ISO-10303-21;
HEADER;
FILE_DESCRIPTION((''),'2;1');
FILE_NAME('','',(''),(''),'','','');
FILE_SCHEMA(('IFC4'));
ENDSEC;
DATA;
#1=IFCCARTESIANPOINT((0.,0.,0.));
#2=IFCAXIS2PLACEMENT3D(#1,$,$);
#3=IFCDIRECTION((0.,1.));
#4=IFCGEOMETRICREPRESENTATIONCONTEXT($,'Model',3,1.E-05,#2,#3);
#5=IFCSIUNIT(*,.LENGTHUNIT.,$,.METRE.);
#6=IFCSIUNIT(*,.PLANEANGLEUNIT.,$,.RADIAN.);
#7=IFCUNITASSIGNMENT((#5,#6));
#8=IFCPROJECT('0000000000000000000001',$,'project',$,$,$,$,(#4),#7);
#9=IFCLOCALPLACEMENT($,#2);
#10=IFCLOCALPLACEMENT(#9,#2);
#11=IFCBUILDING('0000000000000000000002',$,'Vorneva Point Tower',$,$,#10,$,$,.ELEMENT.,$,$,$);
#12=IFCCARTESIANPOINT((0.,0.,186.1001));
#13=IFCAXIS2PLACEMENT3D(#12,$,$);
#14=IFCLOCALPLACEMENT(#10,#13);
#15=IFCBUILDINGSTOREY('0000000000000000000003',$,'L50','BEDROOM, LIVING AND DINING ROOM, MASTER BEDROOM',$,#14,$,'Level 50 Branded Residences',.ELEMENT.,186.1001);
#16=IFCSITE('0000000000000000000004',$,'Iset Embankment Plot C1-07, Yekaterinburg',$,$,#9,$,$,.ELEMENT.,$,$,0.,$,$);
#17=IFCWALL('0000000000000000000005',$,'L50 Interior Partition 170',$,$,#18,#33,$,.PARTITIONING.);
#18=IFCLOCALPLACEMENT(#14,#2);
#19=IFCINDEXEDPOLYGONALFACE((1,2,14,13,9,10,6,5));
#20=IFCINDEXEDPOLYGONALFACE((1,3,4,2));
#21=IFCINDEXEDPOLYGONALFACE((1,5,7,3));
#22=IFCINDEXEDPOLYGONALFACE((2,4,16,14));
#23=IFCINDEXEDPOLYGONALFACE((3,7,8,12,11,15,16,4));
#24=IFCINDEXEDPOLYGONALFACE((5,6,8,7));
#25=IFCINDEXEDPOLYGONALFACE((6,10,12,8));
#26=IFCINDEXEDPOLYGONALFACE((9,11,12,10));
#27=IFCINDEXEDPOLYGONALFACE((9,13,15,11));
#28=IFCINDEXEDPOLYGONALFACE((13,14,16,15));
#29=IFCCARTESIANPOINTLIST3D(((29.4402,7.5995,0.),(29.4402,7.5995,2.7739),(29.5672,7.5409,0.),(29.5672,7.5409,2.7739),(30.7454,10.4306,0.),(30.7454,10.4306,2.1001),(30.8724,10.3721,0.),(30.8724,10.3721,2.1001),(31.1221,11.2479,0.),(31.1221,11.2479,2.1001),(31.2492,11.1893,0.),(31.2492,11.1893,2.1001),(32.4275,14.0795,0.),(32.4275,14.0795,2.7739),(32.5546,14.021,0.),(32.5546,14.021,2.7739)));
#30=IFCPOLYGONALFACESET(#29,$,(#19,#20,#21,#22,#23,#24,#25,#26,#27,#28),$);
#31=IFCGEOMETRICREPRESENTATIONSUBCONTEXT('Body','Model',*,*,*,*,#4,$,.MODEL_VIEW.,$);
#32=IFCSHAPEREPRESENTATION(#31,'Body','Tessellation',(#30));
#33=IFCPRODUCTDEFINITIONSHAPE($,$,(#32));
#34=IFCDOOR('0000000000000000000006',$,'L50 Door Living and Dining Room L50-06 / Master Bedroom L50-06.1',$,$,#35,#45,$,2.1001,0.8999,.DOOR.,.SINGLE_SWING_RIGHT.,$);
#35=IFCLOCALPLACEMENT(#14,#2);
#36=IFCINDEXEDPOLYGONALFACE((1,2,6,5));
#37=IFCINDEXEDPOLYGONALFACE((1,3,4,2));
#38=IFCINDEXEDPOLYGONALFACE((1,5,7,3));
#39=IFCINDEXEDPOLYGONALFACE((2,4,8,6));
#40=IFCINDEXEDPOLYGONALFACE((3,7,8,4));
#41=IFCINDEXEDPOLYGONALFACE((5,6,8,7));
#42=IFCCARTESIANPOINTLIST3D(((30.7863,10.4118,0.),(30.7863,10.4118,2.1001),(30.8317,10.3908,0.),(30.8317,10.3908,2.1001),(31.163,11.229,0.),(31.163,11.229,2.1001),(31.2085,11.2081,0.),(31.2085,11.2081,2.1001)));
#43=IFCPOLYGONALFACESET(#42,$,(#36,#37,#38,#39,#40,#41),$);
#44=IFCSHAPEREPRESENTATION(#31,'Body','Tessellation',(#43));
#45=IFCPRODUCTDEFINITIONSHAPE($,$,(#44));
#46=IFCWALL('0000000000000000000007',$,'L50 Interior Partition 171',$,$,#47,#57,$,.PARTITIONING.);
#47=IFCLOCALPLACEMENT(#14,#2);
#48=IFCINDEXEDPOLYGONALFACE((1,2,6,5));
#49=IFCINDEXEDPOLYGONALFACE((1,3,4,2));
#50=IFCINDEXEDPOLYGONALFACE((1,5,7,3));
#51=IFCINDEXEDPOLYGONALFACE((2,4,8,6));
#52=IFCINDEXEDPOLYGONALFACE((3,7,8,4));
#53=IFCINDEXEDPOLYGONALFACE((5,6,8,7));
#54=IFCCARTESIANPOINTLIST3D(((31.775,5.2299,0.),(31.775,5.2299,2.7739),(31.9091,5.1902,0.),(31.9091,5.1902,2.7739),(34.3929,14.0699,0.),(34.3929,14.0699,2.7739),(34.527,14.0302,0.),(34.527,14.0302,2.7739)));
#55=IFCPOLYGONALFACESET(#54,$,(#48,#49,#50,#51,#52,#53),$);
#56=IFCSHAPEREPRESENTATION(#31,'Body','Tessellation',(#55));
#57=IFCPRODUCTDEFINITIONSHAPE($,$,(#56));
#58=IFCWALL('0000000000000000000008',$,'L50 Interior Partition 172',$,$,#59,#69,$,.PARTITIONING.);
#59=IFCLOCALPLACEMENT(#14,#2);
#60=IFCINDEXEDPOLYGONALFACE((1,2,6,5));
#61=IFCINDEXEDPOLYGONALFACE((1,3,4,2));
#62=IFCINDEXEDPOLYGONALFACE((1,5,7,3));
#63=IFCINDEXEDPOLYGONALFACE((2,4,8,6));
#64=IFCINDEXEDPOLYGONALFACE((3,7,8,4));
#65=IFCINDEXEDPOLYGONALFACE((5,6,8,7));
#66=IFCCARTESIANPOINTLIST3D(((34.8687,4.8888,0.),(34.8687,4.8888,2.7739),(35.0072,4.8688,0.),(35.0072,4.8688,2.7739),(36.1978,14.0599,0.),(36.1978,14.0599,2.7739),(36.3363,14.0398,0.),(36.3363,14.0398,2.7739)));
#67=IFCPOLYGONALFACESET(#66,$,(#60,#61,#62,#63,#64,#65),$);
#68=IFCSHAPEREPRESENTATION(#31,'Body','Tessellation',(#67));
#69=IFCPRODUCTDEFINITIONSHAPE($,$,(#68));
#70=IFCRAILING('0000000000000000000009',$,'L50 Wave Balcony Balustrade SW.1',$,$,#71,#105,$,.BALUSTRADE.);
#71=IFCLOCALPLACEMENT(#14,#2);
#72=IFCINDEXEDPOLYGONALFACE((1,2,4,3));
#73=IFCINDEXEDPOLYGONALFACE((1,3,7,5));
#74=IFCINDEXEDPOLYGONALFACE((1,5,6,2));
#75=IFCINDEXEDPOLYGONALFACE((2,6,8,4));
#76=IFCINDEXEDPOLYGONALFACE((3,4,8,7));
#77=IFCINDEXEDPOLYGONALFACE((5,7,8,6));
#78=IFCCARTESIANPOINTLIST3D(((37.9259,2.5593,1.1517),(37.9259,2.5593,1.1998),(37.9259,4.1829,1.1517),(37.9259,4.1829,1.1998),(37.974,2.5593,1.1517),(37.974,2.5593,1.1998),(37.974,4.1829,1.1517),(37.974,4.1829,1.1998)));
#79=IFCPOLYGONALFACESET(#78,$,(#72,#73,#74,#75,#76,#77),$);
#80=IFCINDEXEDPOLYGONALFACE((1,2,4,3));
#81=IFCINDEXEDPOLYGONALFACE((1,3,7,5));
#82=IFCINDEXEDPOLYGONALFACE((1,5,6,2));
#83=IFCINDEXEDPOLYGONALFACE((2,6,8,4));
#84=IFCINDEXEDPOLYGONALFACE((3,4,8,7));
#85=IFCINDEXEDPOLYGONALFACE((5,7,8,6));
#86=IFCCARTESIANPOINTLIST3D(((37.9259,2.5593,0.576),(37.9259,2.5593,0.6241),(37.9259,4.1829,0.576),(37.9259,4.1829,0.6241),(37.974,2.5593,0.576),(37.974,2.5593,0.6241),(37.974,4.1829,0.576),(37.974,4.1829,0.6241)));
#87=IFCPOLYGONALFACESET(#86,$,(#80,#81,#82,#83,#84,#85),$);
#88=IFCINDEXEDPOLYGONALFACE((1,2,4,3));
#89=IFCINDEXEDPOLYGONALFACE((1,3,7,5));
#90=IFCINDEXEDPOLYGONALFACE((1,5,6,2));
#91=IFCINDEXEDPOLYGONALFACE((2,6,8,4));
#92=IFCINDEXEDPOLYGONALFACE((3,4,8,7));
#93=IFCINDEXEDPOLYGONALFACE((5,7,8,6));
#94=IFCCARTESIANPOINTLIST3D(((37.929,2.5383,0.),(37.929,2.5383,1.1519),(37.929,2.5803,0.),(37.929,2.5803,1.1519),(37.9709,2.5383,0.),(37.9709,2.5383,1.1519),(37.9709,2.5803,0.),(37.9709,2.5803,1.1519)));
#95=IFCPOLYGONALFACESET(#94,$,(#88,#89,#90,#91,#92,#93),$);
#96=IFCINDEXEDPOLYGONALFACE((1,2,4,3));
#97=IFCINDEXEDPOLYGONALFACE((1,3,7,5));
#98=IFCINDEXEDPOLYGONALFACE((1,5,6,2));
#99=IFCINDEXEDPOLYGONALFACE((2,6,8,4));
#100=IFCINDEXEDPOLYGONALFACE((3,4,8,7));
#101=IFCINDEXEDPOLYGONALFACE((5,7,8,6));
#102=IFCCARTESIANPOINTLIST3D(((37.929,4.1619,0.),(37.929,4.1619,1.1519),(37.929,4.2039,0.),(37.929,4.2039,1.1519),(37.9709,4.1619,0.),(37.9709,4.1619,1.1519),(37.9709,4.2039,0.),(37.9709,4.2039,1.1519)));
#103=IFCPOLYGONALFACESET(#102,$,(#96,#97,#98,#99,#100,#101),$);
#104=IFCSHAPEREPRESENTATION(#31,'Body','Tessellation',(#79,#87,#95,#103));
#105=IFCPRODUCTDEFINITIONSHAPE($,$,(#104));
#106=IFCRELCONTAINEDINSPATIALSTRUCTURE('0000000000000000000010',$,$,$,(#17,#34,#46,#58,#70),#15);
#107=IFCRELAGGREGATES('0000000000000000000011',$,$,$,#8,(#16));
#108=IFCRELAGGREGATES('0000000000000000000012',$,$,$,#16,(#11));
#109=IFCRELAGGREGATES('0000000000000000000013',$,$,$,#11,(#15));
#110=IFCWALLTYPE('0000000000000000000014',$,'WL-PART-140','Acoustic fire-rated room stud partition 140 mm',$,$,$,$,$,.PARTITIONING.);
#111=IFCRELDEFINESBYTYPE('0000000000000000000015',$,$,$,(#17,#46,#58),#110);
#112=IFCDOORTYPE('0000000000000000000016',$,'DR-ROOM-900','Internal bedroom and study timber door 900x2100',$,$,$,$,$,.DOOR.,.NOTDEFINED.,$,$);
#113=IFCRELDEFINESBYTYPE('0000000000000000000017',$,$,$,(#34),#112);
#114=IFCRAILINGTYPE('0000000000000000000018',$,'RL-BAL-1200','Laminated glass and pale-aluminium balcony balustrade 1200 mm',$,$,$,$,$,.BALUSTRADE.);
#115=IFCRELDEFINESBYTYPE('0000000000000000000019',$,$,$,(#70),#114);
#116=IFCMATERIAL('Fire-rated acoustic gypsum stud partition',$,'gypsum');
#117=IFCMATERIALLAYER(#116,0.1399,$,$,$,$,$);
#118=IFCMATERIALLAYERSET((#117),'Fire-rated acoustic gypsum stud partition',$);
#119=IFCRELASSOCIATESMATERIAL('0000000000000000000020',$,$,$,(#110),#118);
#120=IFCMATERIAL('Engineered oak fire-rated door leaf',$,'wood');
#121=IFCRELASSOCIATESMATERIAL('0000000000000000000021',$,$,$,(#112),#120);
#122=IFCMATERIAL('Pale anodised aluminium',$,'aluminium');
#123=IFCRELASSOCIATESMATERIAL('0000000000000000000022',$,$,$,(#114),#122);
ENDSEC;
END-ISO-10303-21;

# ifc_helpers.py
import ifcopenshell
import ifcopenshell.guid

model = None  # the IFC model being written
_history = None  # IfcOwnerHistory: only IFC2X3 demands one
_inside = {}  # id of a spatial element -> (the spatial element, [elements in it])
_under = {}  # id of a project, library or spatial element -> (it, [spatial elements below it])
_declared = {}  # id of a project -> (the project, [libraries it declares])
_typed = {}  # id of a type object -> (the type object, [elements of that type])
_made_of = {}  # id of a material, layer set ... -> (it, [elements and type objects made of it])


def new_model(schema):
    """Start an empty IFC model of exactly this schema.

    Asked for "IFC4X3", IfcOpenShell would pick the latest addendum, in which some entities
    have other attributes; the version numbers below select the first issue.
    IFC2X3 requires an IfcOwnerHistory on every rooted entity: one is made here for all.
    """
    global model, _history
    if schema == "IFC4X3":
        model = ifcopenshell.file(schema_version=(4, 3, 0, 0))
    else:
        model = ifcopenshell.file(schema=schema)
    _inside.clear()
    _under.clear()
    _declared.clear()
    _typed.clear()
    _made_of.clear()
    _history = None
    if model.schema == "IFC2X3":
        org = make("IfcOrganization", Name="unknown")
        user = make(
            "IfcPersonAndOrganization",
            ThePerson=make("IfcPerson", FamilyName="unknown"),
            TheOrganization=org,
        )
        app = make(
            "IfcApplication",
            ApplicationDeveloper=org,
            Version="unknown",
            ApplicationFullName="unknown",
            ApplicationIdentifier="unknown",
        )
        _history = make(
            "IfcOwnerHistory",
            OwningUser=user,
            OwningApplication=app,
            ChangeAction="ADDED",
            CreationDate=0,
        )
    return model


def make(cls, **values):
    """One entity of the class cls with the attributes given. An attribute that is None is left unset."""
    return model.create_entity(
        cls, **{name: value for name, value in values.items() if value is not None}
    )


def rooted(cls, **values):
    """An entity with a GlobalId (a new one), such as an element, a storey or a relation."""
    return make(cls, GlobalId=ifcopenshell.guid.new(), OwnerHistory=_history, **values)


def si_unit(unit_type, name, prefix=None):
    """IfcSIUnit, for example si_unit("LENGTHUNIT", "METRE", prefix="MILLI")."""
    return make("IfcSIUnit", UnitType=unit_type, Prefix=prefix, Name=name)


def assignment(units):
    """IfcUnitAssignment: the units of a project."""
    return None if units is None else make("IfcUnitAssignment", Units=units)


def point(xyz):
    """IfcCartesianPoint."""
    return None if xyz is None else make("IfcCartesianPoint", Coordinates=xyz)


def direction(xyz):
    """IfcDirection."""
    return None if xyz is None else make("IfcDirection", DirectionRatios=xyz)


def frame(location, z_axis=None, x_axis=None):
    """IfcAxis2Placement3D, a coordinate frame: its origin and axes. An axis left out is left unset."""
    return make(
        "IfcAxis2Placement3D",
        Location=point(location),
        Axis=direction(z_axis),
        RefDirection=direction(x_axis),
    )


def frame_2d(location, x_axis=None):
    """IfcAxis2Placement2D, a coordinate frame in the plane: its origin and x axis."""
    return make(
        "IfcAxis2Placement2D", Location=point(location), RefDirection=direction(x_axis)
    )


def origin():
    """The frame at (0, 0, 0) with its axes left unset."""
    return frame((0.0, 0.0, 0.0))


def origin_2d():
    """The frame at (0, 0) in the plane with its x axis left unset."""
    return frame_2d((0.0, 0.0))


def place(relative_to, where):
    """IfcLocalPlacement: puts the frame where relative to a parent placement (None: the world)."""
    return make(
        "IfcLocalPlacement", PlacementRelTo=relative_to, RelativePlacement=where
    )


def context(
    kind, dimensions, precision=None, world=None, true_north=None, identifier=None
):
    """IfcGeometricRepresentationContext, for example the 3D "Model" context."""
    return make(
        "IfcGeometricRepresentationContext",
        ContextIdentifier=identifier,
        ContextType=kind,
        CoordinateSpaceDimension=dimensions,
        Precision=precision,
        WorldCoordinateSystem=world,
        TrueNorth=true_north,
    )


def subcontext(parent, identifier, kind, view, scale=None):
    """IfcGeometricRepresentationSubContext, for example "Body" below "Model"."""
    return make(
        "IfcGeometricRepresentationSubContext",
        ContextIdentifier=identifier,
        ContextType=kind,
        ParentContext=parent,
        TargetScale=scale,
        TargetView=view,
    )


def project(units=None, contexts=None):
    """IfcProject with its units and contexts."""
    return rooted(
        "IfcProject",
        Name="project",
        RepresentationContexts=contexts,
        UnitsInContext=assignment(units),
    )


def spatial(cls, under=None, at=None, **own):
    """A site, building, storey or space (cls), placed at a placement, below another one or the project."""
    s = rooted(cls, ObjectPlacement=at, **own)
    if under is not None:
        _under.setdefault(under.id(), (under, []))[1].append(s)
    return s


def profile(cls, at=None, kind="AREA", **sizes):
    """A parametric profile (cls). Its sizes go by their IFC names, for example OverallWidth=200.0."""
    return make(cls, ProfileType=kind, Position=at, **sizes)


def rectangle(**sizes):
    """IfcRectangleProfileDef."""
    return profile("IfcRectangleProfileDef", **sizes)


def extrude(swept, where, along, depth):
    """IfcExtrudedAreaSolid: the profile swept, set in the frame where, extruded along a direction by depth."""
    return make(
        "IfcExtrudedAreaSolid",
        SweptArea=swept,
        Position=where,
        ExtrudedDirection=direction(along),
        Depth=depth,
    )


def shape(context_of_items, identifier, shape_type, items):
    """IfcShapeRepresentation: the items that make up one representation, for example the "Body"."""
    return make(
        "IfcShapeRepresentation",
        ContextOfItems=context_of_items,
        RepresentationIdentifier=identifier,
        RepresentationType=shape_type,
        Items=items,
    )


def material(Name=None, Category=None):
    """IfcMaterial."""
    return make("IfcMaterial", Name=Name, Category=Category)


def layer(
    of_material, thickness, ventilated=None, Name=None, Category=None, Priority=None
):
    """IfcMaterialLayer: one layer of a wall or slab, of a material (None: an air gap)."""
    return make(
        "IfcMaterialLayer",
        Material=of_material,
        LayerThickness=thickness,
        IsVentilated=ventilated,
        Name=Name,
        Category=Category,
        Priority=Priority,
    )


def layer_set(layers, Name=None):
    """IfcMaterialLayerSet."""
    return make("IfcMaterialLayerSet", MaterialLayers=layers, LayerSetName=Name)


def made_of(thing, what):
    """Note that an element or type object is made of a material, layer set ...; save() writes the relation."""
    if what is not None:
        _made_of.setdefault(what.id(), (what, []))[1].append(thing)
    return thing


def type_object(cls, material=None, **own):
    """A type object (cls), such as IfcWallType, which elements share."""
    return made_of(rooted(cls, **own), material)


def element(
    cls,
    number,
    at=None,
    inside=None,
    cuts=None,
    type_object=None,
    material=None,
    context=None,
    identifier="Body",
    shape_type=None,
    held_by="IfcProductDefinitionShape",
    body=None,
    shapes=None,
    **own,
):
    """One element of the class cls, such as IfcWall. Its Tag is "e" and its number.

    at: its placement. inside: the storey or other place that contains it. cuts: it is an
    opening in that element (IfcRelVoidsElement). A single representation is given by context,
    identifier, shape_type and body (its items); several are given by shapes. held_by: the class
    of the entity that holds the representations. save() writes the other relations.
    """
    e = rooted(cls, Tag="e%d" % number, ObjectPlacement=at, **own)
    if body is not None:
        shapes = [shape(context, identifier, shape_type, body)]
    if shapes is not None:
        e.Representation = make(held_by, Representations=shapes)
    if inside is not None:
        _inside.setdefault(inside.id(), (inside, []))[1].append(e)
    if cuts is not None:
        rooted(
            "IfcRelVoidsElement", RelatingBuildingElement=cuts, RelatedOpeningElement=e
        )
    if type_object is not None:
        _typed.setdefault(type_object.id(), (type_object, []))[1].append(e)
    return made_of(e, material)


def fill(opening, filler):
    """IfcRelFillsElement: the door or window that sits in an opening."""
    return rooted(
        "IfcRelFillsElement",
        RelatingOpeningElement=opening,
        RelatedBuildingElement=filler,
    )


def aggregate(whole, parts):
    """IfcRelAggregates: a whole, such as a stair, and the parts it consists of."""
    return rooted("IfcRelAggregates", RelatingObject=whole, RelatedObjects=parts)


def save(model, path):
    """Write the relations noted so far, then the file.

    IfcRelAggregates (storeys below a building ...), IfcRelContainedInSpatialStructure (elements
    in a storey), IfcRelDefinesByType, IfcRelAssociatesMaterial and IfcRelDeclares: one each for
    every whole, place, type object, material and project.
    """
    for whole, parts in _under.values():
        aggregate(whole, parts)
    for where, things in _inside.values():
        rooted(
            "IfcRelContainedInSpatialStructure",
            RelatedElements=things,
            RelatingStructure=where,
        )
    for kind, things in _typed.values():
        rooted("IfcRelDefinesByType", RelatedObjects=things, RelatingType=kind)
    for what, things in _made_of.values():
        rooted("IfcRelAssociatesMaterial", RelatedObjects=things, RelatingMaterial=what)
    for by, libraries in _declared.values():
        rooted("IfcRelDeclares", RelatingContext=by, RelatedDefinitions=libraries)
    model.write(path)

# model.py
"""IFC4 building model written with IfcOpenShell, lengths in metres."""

from ifc_helpers import new_model, si_unit, direction, frame, frame_2d, origin, origin_2d, place, context, subcontext, project, spatial, rectangle, extrude, material, layer, layer_set, type_object, element, fill, save


model = new_model("IFC4")

# Units and contexts
model_context = context("Model", 3, precision=1e-05, world=origin(), true_north=direction((0.0, 1.0)))
body_context = subcontext(model_context, "Body", "Model", "MODEL_VIEW")
ifc_project = project(units=[si_unit("LENGTHUNIT", "METRE"), si_unit("PLANEANGLEUNIT", "RADIAN")], contexts=[model_context])

# Site, building, storey
site_placement = place(None, origin())
site = spatial("IfcSite", under=ifc_project, at=site_placement, Name="Iset Embankment Plot C1-07, Yekaterinburg", CompositionType="ELEMENT", RefElevation=0.0)
building_placement = place(site_placement, origin())
building = spatial("IfcBuilding", under=site, at=building_placement, Name="Vorneva Point Tower", CompositionType="ELEMENT")
storey_placement = place(building_placement, frame((0.0, 0.0, 186.1001)))
storey = spatial("IfcBuildingStorey", under=building, at=storey_placement, Name="L50", Description="BEDROOM, LIVING AND DINING ROOM, MASTER BEDROOM", LongName="Level 50 Branded Residences", CompositionType="ELEMENT", Elevation=186.1001)

# Shared definitions
ifc_material_1 = material(Name="Pale anodised aluminium", Category="aluminium")

# Shared definitions
ifc_material_2 = material(Name="Fire-rated acoustic gypsum stud partition", Category="gypsum")

# Wall, opening, door
ifc_layer_1 = layer(ifc_material_2, 0.1399)
ifc_layer_set_1 = layer_set([ifc_layer_1], Name="Fire-rated acoustic gypsum stud partition")
wall_type_1 = type_object("IfcWallType", Name="WL-PART-140", Description="Acoustic fire-rated room stud partition 140 mm", PredefinedType="PARTITIONING", material=ifc_layer_set_1)
wall_1_placement = place(storey_placement, frame((29.5037, 7.5701, 0.0), z_axis=(0.0, 0.0, 1.0), x_axis=(0.418659, 0.908144, 0.0)))
wall_1 = element("IfcWall", 1, at=wall_1_placement, inside=storey, type_object=wall_type_1, Name="L50 Interior Partition 170", PredefinedType="PARTITIONING", context=body_context, shape_type="SweptSolid", body=[
    extrude(rectangle(XDim=7.1355, YDim=0.1399, at=frame_2d((3.5679, 0.0))), origin(), (0.0, 0.0, 1.0), 2.7739),
])
opening_placement = place(wall_1_placement, frame((3.1177, 0.0, 0.0)))
opening = element("IfcOpeningElement", 2, at=opening_placement, cuts=wall_1, PredefinedType="OPENING", context=body_context, shape_type="SweptSolid", body=[
    extrude(rectangle(XDim=0.8999, YDim=2.1001, at=frame_2d((0.45, 1.05))), frame((0.0, 0.085, 0.0), z_axis=(0.0, -1.0, 0.0), x_axis=(1.0, 0.0, 0.0)), (0.0, 0.0, 1.0), 0.1697),
])
ifc_material_3 = material(Name="Engineered oak fire-rated door leaf", Category="wood")
door_type = type_object("IfcDoorType", Name="DR-ROOM-900", Description="Internal bedroom and study timber door 900x2100", OperationType="NOTDEFINED", PredefinedType="DOOR", material=ifc_material_3)
door_placement = place(opening_placement, origin())
door = element("IfcDoor", 3, at=door_placement, inside=storey, type_object=door_type, Name="L50 Door Living and Dining Room L50-06 / Master Bedroom L50-06.1", OperationType="SINGLE_SWING_RIGHT", OverallHeight=2.1001, OverallWidth=0.8999, PredefinedType="DOOR", context=body_context, shape_type="SweptSolid", body=[
    extrude(rectangle(XDim=0.8999, YDim=2.1001, at=frame_2d((0.45, 1.05))), frame((0.0, 0.0249, 0.0), z_axis=(0.0, -1.0, 0.0), x_axis=(1.0, 0.0, 0.0)), (0.0, 0.0, 1.0), 0.05),
])
fill(opening, door)

# Walls
wall_2_placement = place(storey_placement, frame((31.842, 5.21, 0.0), z_axis=(0.0, 0.0, 1.0), x_axis=(0.283952, 0.958838, 0.0)))
element("IfcWall", 4, at=wall_2_placement, inside=storey, type_object=wall_type_1, Name="L50 Interior Partition 171", PredefinedType="PARTITIONING", context=body_context, shape_type="SweptSolid", body=[
    extrude(rectangle(XDim=9.2195, YDim=0.1399, at=frame_2d((4.6099, 0.0))), origin(), (0.0, 0.0, 1.0), 2.7739),
])
wall_3_placement = place(storey_placement, frame((34.938, 4.8789, 0.0), z_axis=(0.0, 0.0, 1.0), x_axis=(0.143424, 0.989661, 0.0)))
element("IfcWall", 5, at=wall_3_placement, inside=storey, type_object=wall_type_1, Name="L50 Interior Partition 172", PredefinedType="PARTITIONING", context=body_context, shape_type="SweptSolid", body=[
    extrude(rectangle(XDim=9.2668, YDim=0.1399, at=frame_2d((4.6333, 0.0))), origin(), (0.0, 0.0, 1.0), 2.7739),
])

# Railing
railing_type = type_object("IfcRailingType", Name="RL-BAL-1200", Description="Laminated glass and pale-aluminium balcony balustrade 1200 mm", PredefinedType="BALUSTRADE", material=ifc_material_1)
railing_placement = place(storey_placement, frame((37.95, 2.5593, 0.0)))
element("IfcRailing", 6, at=railing_placement, inside=storey, type_object=railing_type, Name="L50 Wave Balcony Balustrade SW.1", PredefinedType="BALUSTRADE", context=body_context, shape_type="SweptSolid", body=[
    extrude(rectangle(XDim=0.0481, YDim=0.0481, at=origin_2d()), frame((0.0, 0.0, 1.1758), z_axis=(0.0, 1.0, 0.0), x_axis=(-1.0, 0.0, 0.0)), (0.0, 0.0, 1.0), 1.6235),
    extrude(rectangle(XDim=0.0481, YDim=0.0481, at=origin_2d()), frame((0.0, 0.0, 0.6001), z_axis=(0.0, 1.0, 0.0), x_axis=(-1.0, 0.0, 0.0)), (0.0, 0.0, 1.0), 1.6235),
    extrude(rectangle(XDim=0.042, YDim=0.042, at=origin_2d()), origin(), (0.0, 0.0, 1.0), 1.1519),
    extrude(rectangle(XDim=0.042, YDim=0.042, at=origin_2d()), frame((0.0, 1.6235, 0.0)), (0.0, 0.0, 1.0), 1.1519),
])

save(model, "model.ifc")
